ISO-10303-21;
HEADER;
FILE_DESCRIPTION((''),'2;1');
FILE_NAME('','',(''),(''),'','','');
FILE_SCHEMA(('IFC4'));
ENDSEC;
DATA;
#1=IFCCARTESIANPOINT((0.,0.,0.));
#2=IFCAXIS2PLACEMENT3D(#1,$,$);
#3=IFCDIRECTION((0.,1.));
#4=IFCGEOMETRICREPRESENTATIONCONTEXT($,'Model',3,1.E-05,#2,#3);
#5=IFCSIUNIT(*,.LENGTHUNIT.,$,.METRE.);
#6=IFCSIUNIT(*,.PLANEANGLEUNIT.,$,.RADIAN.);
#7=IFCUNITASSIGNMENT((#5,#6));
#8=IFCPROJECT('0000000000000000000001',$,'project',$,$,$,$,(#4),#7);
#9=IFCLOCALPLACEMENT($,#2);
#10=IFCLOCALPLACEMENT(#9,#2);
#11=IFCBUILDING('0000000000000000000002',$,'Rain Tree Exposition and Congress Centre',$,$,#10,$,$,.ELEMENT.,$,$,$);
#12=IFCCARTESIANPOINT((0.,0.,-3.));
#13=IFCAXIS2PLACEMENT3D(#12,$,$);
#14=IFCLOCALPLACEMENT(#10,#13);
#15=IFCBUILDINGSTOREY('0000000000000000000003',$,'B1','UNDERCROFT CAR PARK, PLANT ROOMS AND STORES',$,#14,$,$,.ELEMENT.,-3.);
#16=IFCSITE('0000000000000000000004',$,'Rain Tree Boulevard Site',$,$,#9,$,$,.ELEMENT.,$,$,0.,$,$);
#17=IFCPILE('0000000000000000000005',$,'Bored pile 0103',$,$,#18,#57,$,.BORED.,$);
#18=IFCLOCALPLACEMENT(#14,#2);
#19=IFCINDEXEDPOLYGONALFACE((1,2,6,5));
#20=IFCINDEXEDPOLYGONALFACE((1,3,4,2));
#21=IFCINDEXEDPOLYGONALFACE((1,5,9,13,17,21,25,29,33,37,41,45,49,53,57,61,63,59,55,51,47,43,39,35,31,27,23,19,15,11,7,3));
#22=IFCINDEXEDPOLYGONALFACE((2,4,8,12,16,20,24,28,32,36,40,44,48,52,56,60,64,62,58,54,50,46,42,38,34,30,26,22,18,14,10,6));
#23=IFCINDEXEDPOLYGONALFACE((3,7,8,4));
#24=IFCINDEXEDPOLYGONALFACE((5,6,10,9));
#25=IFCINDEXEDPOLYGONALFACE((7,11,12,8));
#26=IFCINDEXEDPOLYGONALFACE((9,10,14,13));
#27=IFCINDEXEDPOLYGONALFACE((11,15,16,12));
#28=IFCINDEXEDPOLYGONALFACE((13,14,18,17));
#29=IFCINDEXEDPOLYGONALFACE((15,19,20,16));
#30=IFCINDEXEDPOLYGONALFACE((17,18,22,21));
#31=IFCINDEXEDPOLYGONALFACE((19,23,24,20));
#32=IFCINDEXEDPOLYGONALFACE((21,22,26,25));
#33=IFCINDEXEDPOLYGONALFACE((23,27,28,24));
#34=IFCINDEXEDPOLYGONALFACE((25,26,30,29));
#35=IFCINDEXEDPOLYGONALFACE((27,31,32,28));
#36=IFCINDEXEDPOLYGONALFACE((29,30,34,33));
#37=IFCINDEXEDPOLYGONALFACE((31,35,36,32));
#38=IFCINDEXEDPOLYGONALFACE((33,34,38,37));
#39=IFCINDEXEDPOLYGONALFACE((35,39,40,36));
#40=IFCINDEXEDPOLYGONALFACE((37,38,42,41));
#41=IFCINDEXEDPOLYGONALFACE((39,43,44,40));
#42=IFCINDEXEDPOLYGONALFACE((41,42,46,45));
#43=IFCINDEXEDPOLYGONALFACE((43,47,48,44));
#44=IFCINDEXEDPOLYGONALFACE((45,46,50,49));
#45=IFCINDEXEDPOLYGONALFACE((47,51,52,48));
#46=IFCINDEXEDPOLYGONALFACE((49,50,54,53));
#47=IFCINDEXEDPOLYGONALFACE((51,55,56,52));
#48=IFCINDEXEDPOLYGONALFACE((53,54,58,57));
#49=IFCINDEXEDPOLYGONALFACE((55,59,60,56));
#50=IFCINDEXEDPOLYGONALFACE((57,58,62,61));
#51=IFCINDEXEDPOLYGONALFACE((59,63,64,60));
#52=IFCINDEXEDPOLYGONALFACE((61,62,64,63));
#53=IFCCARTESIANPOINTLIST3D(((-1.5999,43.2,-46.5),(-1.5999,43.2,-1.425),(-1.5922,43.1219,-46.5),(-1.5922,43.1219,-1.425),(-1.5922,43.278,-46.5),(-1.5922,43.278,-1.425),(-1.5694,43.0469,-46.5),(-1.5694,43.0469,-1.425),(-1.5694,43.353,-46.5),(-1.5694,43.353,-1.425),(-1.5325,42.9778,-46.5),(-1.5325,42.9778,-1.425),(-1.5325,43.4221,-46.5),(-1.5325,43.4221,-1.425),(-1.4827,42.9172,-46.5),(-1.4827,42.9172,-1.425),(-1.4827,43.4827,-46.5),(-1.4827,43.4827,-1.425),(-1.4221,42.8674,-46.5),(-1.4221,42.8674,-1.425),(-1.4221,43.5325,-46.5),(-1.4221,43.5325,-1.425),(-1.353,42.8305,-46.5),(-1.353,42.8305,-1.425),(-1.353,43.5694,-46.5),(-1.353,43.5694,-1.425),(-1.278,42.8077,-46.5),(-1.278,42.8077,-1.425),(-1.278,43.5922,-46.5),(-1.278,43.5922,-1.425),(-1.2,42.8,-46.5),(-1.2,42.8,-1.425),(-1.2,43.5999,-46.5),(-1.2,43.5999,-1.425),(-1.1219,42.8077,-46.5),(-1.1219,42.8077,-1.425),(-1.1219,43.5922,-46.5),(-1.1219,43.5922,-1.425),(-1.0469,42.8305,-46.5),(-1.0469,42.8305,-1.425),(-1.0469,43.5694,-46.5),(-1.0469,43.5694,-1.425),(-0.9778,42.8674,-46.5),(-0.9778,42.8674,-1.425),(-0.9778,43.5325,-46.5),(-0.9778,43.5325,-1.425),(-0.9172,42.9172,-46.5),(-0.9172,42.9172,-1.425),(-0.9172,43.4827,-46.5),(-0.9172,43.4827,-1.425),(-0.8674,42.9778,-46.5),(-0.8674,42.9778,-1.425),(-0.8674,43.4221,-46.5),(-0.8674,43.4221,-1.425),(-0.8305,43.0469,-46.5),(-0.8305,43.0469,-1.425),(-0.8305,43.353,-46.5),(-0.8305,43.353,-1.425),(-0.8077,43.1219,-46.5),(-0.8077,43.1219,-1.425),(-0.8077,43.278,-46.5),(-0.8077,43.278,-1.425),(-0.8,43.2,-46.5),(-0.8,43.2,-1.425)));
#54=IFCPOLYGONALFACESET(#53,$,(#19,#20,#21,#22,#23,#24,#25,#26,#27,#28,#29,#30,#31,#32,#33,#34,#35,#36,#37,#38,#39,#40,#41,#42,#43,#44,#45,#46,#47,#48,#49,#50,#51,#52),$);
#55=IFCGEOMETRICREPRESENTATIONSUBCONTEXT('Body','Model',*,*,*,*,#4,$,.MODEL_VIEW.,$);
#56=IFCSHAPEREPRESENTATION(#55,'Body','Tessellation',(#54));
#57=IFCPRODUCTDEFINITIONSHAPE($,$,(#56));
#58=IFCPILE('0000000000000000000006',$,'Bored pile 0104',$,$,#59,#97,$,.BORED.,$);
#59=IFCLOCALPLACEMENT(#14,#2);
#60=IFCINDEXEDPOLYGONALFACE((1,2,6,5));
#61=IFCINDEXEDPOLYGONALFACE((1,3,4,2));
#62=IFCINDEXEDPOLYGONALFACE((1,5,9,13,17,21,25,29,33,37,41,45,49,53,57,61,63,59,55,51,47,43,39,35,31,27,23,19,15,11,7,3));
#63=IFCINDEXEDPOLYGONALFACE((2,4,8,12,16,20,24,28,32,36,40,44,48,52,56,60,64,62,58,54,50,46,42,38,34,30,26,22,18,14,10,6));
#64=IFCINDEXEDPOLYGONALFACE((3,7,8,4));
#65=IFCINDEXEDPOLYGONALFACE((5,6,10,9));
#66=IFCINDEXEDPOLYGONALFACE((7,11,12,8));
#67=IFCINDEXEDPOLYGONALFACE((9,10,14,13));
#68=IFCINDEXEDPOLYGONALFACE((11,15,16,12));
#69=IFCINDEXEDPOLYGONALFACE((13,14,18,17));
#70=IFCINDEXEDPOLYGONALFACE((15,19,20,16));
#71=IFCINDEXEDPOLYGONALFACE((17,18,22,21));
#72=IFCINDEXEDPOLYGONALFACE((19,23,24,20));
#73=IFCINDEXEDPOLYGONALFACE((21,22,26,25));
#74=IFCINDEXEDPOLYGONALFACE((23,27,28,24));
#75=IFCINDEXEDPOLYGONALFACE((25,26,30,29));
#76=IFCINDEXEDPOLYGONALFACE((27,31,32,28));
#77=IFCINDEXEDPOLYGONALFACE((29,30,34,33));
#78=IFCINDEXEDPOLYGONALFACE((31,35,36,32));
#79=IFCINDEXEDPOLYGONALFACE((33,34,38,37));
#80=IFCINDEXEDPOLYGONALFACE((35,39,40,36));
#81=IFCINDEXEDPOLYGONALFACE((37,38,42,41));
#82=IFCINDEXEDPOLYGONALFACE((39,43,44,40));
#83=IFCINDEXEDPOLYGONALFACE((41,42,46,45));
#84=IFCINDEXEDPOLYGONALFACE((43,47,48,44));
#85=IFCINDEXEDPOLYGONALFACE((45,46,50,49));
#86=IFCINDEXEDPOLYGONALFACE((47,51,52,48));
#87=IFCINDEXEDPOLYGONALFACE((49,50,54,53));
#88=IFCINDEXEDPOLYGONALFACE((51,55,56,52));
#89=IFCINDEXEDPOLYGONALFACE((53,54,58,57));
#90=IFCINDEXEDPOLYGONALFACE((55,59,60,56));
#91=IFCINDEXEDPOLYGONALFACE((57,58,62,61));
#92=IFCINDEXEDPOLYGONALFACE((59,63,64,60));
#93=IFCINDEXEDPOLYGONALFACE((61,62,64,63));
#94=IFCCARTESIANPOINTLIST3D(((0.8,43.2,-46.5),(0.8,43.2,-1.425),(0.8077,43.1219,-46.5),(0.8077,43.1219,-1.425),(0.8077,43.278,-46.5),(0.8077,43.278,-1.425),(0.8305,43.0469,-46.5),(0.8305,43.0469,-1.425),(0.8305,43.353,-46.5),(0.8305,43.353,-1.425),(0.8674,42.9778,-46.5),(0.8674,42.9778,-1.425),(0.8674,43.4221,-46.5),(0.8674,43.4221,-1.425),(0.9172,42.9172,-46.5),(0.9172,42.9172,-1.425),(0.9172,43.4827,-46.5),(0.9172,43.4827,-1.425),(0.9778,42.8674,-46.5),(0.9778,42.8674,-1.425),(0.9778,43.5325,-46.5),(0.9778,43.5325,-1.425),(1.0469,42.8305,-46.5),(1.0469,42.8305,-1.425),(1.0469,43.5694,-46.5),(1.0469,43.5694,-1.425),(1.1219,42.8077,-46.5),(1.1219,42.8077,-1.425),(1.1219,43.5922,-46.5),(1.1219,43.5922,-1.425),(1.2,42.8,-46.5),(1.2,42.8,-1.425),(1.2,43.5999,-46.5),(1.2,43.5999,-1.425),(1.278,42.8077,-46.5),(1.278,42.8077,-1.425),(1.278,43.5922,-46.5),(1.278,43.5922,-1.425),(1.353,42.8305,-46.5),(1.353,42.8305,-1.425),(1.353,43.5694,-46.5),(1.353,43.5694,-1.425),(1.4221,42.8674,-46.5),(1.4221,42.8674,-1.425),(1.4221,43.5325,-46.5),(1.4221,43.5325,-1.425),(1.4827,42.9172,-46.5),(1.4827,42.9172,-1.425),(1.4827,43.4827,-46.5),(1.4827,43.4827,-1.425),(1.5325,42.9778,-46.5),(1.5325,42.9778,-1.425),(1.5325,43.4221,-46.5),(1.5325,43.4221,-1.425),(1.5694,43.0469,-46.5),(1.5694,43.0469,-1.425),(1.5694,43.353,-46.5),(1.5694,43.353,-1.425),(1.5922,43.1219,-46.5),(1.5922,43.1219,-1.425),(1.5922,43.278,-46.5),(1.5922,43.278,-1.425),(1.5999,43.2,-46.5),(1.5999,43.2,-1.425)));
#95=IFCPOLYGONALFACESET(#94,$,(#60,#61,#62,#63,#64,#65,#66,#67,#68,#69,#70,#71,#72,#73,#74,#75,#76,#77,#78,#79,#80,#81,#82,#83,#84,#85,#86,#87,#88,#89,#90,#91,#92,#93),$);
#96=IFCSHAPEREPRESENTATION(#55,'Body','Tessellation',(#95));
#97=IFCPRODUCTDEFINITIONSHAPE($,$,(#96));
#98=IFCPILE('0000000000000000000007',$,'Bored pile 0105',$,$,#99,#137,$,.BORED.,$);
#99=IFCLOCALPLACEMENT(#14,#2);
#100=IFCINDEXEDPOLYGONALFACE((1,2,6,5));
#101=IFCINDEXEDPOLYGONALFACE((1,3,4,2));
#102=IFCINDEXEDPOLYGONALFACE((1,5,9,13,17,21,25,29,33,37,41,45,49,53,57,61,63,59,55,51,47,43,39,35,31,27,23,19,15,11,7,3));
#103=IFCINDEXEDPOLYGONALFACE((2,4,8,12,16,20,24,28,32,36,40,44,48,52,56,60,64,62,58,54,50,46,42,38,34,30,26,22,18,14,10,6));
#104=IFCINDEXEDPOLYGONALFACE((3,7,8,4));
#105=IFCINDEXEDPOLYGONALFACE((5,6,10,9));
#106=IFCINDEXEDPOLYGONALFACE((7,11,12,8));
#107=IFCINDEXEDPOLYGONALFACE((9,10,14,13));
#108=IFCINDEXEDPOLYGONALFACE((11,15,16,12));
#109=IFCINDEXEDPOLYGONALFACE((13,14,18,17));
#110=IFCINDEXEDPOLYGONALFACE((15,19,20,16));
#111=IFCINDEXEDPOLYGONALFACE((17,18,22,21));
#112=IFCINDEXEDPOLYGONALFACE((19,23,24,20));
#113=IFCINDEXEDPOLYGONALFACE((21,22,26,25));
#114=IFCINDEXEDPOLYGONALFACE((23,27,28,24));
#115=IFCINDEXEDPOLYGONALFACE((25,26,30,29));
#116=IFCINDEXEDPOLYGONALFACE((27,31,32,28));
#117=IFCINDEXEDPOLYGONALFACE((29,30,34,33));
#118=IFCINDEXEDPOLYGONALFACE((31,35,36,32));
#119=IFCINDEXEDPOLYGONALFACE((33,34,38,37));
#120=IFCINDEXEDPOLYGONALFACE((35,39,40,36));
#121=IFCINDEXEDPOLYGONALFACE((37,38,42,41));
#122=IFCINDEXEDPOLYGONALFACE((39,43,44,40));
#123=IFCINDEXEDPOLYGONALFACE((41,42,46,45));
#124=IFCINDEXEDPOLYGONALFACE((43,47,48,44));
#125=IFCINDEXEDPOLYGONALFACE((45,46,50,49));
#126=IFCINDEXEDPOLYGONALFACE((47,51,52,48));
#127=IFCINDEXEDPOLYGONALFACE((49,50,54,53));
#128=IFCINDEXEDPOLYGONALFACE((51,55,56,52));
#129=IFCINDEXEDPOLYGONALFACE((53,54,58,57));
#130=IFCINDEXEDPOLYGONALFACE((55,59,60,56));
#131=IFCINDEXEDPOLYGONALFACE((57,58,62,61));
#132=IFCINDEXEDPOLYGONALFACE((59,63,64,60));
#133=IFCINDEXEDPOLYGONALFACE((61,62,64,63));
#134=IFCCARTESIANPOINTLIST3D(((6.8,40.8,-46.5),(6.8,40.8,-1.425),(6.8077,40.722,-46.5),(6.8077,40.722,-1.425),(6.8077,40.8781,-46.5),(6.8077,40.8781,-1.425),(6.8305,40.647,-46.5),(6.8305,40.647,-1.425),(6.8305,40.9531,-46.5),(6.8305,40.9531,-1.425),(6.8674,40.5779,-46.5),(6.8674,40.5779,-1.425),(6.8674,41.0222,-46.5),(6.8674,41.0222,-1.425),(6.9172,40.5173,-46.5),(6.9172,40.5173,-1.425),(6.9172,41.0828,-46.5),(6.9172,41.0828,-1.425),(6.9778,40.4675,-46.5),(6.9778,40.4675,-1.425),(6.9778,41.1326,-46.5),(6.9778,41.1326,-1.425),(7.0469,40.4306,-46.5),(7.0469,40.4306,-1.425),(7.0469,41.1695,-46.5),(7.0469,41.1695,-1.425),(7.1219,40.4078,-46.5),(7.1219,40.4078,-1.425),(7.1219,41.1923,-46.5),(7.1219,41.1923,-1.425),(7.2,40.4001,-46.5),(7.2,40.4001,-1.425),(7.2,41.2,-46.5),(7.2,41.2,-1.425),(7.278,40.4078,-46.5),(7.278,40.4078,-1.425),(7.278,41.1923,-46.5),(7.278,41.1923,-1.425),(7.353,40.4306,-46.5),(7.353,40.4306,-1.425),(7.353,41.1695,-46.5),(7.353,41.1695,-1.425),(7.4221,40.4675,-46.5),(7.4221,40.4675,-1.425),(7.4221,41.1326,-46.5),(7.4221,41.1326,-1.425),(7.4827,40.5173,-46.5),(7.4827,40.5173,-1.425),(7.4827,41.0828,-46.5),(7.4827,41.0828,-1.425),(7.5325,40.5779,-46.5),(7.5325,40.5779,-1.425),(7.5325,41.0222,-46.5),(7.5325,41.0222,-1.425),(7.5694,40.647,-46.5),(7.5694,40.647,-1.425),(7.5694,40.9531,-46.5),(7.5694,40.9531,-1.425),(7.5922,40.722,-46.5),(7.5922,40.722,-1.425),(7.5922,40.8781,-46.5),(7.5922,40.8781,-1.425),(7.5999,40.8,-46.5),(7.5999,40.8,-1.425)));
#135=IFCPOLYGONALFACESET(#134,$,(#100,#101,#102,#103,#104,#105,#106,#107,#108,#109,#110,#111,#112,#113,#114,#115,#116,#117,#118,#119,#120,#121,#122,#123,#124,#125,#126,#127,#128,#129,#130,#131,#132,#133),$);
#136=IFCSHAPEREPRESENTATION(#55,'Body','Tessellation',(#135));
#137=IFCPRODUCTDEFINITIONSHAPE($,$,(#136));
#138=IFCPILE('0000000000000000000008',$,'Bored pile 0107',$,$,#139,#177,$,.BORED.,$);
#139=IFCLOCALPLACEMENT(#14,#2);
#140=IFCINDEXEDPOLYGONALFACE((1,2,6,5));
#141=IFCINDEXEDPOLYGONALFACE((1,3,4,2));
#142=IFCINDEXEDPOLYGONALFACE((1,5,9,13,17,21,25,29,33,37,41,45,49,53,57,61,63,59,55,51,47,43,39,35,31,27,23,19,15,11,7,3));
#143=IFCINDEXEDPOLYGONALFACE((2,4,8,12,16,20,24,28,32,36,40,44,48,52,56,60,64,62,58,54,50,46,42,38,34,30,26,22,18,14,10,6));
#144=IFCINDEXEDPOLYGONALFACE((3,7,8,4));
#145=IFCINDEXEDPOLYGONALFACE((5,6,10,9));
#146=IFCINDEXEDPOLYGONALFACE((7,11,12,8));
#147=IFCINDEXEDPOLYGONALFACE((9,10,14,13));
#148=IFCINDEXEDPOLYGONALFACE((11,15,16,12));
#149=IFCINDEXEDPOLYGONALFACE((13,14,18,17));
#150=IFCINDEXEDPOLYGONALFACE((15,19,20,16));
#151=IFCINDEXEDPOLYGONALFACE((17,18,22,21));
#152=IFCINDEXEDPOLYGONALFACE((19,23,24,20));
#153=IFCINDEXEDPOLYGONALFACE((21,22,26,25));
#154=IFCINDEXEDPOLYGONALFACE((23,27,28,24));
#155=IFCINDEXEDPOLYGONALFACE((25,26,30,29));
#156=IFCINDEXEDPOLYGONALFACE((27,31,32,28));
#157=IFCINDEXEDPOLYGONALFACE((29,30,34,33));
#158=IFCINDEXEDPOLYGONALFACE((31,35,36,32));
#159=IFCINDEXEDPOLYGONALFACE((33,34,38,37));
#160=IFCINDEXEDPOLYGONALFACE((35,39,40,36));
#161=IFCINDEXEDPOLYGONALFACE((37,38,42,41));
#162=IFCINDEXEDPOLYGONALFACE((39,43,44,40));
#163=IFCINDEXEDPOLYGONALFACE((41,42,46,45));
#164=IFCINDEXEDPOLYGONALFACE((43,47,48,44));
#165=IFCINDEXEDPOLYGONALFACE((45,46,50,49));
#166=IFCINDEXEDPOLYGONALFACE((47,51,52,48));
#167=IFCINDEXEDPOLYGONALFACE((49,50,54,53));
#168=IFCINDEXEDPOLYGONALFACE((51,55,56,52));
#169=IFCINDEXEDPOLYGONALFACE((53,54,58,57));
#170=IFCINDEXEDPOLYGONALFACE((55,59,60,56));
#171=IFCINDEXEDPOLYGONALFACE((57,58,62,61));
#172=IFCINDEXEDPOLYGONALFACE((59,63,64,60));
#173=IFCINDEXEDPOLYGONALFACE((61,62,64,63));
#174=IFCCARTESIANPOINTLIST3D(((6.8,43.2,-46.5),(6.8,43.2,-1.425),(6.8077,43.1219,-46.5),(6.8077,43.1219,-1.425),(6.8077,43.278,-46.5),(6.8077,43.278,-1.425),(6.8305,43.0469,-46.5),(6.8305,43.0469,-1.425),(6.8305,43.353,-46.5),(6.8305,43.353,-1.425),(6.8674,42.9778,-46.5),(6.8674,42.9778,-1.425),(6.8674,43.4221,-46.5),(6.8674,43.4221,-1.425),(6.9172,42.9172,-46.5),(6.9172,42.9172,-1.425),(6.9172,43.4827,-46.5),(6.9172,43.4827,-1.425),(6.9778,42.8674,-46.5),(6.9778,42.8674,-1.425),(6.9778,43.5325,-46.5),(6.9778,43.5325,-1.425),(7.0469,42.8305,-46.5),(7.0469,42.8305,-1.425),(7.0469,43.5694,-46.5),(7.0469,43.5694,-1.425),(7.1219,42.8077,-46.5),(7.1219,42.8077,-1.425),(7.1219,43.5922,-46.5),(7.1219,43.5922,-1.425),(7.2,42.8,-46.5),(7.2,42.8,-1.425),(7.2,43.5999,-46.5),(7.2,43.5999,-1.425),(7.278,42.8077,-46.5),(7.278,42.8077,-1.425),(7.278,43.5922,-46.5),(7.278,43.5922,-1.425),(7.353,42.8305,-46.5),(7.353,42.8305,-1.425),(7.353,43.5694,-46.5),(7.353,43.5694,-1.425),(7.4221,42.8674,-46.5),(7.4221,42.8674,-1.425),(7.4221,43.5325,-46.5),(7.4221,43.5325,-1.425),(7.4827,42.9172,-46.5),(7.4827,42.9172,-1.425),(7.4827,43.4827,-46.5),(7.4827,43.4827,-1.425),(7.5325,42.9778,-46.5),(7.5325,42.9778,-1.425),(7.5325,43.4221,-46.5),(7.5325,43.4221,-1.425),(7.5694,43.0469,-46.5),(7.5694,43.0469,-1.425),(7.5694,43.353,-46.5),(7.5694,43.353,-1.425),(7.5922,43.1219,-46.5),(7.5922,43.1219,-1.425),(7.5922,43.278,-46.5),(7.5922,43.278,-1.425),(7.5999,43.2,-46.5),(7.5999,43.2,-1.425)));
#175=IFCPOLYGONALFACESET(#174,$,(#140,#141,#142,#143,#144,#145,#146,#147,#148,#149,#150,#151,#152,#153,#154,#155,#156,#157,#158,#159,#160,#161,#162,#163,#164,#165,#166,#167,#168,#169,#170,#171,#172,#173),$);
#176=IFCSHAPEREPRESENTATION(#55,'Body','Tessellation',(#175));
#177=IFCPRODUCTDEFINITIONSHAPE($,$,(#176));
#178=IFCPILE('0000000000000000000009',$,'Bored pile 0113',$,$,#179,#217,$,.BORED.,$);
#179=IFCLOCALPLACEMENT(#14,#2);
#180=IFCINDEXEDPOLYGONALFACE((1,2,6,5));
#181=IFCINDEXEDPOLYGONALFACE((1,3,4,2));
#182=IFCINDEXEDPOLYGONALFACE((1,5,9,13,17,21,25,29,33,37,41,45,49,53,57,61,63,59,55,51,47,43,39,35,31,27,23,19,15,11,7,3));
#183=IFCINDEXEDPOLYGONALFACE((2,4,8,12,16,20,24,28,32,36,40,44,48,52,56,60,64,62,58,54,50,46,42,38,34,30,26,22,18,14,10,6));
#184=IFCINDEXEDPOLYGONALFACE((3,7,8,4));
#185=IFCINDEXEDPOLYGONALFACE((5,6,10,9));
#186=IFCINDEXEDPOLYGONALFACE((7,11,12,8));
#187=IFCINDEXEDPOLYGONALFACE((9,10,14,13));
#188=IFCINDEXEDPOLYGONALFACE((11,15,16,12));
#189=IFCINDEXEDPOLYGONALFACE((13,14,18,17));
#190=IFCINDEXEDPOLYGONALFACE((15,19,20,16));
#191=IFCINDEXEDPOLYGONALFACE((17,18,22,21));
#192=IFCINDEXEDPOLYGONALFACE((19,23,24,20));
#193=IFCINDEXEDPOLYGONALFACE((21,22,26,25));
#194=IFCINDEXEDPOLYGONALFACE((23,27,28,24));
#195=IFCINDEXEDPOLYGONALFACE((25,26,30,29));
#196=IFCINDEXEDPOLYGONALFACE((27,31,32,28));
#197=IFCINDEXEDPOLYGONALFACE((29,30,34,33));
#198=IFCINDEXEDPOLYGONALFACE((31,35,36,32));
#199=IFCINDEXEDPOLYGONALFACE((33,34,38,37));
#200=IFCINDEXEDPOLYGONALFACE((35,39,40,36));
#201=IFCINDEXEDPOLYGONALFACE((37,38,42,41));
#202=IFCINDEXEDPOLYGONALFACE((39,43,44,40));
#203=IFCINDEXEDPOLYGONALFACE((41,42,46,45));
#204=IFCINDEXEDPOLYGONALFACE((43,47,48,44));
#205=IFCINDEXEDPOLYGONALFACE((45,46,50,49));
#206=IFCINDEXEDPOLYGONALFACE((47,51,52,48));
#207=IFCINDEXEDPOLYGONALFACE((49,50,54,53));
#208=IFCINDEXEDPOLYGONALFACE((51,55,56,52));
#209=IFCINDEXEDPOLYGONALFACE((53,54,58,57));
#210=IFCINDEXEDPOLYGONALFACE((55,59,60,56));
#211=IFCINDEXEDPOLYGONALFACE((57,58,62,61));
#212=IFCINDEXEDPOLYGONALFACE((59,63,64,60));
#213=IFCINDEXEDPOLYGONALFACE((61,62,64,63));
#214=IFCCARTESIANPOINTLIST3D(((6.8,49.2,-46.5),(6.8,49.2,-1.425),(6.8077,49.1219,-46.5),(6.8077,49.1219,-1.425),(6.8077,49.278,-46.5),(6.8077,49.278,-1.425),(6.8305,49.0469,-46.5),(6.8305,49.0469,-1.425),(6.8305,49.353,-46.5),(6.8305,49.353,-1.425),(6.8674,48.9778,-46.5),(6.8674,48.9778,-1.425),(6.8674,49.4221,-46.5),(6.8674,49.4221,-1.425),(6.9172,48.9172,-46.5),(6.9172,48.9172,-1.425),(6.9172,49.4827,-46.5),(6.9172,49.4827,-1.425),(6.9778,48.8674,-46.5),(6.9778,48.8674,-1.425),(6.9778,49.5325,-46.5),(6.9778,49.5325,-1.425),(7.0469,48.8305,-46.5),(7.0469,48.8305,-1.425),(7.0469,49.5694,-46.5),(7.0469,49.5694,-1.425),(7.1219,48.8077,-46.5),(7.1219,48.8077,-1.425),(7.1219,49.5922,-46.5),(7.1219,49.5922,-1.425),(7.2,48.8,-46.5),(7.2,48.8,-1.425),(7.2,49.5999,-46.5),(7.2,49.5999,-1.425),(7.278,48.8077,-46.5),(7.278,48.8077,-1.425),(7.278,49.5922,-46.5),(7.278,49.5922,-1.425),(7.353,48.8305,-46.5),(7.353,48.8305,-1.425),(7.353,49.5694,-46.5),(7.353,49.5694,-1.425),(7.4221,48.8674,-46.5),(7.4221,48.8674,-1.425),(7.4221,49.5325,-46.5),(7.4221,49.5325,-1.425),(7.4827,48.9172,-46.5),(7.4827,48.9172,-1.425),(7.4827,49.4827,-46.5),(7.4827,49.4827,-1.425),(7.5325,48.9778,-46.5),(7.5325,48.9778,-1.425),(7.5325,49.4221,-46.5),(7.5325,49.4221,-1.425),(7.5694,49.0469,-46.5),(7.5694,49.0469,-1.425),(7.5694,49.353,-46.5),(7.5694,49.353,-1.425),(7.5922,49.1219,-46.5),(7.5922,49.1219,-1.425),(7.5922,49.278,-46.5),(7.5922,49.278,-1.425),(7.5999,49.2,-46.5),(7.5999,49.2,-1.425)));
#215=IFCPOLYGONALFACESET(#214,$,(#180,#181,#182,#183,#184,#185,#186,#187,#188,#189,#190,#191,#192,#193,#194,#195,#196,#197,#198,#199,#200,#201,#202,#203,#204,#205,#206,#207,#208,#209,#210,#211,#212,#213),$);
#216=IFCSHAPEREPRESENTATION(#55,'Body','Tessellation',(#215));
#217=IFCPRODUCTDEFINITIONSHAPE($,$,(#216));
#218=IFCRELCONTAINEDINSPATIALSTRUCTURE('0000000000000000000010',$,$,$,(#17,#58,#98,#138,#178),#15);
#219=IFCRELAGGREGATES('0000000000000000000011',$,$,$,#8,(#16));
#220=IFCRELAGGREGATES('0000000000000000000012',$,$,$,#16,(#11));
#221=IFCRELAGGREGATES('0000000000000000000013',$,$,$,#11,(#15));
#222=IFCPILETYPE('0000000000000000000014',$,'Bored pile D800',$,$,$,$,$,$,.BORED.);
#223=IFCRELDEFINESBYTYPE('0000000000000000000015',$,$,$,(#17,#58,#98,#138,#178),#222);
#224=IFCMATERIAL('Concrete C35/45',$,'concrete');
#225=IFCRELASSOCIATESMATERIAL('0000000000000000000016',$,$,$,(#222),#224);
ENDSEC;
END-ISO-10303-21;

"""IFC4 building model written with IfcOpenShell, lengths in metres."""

from ifc_helpers import new_model, si_unit, direction, frame, origin, origin_2d, place, context, subcontext, project, spatial, circle, extrude, material, material_profile, profile_set, type_object, element, save


model = new_model("IFC4")

# Units and contexts
model_context = context("Model", 3, precision=1e-05, world=origin(), true_north=direction((0.0, 1.0)))
body_context = subcontext(model_context, "Body", "Model", "MODEL_VIEW")
ifc_project = project(units=[si_unit("LENGTHUNIT", "METRE"), si_unit("PLANEANGLEUNIT", "RADIAN")], contexts=[model_context])

# Site, building, storey
site_placement = place(None, origin())
site = spatial("IfcSite", under=ifc_project, at=site_placement, Name="Rain Tree Boulevard Site", CompositionType="ELEMENT", RefElevation=0.0)
building_placement = place(site_placement, origin())
building = spatial("IfcBuilding", under=site, at=building_placement, Name="Rain Tree Exposition and Congress Centre", CompositionType="ELEMENT")
storey_placement = place(building_placement, frame((0.0, 0.0, -3.0)))
storey = spatial("IfcBuildingStorey", under=building, at=storey_placement, Name="B1", Description="UNDERCROFT CAR PARK, PLANT ROOMS AND STORES", CompositionType="ELEMENT", Elevation=-3.0)

# Piles
ifc_material_1 = material(Name="Concrete C35/45", Category="concrete")
ifc_material_profile_1 = material_profile(ifc_material_1, circle(Radius=0.3999, at=origin_2d()), Name="D800")
ifc_profile_set_1 = profile_set([ifc_material_profile_1], Name="Concrete C35/45")
pile_type = type_object("IfcPileType", Name="Bored pile D800", PredefinedType="BORED", material=ifc_profile_set_1)
for number, where, z_axis, x_axis, name in (
    (1, (-1.2, 43.2, -1.425), (0.0, 0.0, -1.0), (1.0, 0.0, 0.0), "Bored pile 0103"),
    (2, (1.2, 43.2, -1.425), (0.0, 0.0, -1.0), (1.0, 0.0, 0.0), "Bored pile 0104"),
    (3, (7.2, 40.8, -1.425), (0.0, 0.0, -1.0), (1.0, 0.0, 0.0), "Bored pile 0105"),
    (4, (7.2, 43.2, -1.425), (0.0, 0.0, -1.0), (1.0, 0.0, 0.0), "Bored pile 0107"),
    (5, (7.2, 49.2, -1.425), (0.0, 0.0, -1.0), (1.0, 0.0, 0.0), "Bored pile 0113"),
):
    element("IfcPile", number, at=place(storey_placement, frame(where, z_axis=z_axis, x_axis=x_axis)), inside=storey, type_object=pile_type, Name=name, PredefinedType="BORED", context=body_context, shape_type="SweptSolid", body=[
        extrude(circle(Radius=0.3999, at=origin_2d()), origin(), (0.0, 0.0, 1.0), 45.075),
    ])

save(model, "model.ifc")
